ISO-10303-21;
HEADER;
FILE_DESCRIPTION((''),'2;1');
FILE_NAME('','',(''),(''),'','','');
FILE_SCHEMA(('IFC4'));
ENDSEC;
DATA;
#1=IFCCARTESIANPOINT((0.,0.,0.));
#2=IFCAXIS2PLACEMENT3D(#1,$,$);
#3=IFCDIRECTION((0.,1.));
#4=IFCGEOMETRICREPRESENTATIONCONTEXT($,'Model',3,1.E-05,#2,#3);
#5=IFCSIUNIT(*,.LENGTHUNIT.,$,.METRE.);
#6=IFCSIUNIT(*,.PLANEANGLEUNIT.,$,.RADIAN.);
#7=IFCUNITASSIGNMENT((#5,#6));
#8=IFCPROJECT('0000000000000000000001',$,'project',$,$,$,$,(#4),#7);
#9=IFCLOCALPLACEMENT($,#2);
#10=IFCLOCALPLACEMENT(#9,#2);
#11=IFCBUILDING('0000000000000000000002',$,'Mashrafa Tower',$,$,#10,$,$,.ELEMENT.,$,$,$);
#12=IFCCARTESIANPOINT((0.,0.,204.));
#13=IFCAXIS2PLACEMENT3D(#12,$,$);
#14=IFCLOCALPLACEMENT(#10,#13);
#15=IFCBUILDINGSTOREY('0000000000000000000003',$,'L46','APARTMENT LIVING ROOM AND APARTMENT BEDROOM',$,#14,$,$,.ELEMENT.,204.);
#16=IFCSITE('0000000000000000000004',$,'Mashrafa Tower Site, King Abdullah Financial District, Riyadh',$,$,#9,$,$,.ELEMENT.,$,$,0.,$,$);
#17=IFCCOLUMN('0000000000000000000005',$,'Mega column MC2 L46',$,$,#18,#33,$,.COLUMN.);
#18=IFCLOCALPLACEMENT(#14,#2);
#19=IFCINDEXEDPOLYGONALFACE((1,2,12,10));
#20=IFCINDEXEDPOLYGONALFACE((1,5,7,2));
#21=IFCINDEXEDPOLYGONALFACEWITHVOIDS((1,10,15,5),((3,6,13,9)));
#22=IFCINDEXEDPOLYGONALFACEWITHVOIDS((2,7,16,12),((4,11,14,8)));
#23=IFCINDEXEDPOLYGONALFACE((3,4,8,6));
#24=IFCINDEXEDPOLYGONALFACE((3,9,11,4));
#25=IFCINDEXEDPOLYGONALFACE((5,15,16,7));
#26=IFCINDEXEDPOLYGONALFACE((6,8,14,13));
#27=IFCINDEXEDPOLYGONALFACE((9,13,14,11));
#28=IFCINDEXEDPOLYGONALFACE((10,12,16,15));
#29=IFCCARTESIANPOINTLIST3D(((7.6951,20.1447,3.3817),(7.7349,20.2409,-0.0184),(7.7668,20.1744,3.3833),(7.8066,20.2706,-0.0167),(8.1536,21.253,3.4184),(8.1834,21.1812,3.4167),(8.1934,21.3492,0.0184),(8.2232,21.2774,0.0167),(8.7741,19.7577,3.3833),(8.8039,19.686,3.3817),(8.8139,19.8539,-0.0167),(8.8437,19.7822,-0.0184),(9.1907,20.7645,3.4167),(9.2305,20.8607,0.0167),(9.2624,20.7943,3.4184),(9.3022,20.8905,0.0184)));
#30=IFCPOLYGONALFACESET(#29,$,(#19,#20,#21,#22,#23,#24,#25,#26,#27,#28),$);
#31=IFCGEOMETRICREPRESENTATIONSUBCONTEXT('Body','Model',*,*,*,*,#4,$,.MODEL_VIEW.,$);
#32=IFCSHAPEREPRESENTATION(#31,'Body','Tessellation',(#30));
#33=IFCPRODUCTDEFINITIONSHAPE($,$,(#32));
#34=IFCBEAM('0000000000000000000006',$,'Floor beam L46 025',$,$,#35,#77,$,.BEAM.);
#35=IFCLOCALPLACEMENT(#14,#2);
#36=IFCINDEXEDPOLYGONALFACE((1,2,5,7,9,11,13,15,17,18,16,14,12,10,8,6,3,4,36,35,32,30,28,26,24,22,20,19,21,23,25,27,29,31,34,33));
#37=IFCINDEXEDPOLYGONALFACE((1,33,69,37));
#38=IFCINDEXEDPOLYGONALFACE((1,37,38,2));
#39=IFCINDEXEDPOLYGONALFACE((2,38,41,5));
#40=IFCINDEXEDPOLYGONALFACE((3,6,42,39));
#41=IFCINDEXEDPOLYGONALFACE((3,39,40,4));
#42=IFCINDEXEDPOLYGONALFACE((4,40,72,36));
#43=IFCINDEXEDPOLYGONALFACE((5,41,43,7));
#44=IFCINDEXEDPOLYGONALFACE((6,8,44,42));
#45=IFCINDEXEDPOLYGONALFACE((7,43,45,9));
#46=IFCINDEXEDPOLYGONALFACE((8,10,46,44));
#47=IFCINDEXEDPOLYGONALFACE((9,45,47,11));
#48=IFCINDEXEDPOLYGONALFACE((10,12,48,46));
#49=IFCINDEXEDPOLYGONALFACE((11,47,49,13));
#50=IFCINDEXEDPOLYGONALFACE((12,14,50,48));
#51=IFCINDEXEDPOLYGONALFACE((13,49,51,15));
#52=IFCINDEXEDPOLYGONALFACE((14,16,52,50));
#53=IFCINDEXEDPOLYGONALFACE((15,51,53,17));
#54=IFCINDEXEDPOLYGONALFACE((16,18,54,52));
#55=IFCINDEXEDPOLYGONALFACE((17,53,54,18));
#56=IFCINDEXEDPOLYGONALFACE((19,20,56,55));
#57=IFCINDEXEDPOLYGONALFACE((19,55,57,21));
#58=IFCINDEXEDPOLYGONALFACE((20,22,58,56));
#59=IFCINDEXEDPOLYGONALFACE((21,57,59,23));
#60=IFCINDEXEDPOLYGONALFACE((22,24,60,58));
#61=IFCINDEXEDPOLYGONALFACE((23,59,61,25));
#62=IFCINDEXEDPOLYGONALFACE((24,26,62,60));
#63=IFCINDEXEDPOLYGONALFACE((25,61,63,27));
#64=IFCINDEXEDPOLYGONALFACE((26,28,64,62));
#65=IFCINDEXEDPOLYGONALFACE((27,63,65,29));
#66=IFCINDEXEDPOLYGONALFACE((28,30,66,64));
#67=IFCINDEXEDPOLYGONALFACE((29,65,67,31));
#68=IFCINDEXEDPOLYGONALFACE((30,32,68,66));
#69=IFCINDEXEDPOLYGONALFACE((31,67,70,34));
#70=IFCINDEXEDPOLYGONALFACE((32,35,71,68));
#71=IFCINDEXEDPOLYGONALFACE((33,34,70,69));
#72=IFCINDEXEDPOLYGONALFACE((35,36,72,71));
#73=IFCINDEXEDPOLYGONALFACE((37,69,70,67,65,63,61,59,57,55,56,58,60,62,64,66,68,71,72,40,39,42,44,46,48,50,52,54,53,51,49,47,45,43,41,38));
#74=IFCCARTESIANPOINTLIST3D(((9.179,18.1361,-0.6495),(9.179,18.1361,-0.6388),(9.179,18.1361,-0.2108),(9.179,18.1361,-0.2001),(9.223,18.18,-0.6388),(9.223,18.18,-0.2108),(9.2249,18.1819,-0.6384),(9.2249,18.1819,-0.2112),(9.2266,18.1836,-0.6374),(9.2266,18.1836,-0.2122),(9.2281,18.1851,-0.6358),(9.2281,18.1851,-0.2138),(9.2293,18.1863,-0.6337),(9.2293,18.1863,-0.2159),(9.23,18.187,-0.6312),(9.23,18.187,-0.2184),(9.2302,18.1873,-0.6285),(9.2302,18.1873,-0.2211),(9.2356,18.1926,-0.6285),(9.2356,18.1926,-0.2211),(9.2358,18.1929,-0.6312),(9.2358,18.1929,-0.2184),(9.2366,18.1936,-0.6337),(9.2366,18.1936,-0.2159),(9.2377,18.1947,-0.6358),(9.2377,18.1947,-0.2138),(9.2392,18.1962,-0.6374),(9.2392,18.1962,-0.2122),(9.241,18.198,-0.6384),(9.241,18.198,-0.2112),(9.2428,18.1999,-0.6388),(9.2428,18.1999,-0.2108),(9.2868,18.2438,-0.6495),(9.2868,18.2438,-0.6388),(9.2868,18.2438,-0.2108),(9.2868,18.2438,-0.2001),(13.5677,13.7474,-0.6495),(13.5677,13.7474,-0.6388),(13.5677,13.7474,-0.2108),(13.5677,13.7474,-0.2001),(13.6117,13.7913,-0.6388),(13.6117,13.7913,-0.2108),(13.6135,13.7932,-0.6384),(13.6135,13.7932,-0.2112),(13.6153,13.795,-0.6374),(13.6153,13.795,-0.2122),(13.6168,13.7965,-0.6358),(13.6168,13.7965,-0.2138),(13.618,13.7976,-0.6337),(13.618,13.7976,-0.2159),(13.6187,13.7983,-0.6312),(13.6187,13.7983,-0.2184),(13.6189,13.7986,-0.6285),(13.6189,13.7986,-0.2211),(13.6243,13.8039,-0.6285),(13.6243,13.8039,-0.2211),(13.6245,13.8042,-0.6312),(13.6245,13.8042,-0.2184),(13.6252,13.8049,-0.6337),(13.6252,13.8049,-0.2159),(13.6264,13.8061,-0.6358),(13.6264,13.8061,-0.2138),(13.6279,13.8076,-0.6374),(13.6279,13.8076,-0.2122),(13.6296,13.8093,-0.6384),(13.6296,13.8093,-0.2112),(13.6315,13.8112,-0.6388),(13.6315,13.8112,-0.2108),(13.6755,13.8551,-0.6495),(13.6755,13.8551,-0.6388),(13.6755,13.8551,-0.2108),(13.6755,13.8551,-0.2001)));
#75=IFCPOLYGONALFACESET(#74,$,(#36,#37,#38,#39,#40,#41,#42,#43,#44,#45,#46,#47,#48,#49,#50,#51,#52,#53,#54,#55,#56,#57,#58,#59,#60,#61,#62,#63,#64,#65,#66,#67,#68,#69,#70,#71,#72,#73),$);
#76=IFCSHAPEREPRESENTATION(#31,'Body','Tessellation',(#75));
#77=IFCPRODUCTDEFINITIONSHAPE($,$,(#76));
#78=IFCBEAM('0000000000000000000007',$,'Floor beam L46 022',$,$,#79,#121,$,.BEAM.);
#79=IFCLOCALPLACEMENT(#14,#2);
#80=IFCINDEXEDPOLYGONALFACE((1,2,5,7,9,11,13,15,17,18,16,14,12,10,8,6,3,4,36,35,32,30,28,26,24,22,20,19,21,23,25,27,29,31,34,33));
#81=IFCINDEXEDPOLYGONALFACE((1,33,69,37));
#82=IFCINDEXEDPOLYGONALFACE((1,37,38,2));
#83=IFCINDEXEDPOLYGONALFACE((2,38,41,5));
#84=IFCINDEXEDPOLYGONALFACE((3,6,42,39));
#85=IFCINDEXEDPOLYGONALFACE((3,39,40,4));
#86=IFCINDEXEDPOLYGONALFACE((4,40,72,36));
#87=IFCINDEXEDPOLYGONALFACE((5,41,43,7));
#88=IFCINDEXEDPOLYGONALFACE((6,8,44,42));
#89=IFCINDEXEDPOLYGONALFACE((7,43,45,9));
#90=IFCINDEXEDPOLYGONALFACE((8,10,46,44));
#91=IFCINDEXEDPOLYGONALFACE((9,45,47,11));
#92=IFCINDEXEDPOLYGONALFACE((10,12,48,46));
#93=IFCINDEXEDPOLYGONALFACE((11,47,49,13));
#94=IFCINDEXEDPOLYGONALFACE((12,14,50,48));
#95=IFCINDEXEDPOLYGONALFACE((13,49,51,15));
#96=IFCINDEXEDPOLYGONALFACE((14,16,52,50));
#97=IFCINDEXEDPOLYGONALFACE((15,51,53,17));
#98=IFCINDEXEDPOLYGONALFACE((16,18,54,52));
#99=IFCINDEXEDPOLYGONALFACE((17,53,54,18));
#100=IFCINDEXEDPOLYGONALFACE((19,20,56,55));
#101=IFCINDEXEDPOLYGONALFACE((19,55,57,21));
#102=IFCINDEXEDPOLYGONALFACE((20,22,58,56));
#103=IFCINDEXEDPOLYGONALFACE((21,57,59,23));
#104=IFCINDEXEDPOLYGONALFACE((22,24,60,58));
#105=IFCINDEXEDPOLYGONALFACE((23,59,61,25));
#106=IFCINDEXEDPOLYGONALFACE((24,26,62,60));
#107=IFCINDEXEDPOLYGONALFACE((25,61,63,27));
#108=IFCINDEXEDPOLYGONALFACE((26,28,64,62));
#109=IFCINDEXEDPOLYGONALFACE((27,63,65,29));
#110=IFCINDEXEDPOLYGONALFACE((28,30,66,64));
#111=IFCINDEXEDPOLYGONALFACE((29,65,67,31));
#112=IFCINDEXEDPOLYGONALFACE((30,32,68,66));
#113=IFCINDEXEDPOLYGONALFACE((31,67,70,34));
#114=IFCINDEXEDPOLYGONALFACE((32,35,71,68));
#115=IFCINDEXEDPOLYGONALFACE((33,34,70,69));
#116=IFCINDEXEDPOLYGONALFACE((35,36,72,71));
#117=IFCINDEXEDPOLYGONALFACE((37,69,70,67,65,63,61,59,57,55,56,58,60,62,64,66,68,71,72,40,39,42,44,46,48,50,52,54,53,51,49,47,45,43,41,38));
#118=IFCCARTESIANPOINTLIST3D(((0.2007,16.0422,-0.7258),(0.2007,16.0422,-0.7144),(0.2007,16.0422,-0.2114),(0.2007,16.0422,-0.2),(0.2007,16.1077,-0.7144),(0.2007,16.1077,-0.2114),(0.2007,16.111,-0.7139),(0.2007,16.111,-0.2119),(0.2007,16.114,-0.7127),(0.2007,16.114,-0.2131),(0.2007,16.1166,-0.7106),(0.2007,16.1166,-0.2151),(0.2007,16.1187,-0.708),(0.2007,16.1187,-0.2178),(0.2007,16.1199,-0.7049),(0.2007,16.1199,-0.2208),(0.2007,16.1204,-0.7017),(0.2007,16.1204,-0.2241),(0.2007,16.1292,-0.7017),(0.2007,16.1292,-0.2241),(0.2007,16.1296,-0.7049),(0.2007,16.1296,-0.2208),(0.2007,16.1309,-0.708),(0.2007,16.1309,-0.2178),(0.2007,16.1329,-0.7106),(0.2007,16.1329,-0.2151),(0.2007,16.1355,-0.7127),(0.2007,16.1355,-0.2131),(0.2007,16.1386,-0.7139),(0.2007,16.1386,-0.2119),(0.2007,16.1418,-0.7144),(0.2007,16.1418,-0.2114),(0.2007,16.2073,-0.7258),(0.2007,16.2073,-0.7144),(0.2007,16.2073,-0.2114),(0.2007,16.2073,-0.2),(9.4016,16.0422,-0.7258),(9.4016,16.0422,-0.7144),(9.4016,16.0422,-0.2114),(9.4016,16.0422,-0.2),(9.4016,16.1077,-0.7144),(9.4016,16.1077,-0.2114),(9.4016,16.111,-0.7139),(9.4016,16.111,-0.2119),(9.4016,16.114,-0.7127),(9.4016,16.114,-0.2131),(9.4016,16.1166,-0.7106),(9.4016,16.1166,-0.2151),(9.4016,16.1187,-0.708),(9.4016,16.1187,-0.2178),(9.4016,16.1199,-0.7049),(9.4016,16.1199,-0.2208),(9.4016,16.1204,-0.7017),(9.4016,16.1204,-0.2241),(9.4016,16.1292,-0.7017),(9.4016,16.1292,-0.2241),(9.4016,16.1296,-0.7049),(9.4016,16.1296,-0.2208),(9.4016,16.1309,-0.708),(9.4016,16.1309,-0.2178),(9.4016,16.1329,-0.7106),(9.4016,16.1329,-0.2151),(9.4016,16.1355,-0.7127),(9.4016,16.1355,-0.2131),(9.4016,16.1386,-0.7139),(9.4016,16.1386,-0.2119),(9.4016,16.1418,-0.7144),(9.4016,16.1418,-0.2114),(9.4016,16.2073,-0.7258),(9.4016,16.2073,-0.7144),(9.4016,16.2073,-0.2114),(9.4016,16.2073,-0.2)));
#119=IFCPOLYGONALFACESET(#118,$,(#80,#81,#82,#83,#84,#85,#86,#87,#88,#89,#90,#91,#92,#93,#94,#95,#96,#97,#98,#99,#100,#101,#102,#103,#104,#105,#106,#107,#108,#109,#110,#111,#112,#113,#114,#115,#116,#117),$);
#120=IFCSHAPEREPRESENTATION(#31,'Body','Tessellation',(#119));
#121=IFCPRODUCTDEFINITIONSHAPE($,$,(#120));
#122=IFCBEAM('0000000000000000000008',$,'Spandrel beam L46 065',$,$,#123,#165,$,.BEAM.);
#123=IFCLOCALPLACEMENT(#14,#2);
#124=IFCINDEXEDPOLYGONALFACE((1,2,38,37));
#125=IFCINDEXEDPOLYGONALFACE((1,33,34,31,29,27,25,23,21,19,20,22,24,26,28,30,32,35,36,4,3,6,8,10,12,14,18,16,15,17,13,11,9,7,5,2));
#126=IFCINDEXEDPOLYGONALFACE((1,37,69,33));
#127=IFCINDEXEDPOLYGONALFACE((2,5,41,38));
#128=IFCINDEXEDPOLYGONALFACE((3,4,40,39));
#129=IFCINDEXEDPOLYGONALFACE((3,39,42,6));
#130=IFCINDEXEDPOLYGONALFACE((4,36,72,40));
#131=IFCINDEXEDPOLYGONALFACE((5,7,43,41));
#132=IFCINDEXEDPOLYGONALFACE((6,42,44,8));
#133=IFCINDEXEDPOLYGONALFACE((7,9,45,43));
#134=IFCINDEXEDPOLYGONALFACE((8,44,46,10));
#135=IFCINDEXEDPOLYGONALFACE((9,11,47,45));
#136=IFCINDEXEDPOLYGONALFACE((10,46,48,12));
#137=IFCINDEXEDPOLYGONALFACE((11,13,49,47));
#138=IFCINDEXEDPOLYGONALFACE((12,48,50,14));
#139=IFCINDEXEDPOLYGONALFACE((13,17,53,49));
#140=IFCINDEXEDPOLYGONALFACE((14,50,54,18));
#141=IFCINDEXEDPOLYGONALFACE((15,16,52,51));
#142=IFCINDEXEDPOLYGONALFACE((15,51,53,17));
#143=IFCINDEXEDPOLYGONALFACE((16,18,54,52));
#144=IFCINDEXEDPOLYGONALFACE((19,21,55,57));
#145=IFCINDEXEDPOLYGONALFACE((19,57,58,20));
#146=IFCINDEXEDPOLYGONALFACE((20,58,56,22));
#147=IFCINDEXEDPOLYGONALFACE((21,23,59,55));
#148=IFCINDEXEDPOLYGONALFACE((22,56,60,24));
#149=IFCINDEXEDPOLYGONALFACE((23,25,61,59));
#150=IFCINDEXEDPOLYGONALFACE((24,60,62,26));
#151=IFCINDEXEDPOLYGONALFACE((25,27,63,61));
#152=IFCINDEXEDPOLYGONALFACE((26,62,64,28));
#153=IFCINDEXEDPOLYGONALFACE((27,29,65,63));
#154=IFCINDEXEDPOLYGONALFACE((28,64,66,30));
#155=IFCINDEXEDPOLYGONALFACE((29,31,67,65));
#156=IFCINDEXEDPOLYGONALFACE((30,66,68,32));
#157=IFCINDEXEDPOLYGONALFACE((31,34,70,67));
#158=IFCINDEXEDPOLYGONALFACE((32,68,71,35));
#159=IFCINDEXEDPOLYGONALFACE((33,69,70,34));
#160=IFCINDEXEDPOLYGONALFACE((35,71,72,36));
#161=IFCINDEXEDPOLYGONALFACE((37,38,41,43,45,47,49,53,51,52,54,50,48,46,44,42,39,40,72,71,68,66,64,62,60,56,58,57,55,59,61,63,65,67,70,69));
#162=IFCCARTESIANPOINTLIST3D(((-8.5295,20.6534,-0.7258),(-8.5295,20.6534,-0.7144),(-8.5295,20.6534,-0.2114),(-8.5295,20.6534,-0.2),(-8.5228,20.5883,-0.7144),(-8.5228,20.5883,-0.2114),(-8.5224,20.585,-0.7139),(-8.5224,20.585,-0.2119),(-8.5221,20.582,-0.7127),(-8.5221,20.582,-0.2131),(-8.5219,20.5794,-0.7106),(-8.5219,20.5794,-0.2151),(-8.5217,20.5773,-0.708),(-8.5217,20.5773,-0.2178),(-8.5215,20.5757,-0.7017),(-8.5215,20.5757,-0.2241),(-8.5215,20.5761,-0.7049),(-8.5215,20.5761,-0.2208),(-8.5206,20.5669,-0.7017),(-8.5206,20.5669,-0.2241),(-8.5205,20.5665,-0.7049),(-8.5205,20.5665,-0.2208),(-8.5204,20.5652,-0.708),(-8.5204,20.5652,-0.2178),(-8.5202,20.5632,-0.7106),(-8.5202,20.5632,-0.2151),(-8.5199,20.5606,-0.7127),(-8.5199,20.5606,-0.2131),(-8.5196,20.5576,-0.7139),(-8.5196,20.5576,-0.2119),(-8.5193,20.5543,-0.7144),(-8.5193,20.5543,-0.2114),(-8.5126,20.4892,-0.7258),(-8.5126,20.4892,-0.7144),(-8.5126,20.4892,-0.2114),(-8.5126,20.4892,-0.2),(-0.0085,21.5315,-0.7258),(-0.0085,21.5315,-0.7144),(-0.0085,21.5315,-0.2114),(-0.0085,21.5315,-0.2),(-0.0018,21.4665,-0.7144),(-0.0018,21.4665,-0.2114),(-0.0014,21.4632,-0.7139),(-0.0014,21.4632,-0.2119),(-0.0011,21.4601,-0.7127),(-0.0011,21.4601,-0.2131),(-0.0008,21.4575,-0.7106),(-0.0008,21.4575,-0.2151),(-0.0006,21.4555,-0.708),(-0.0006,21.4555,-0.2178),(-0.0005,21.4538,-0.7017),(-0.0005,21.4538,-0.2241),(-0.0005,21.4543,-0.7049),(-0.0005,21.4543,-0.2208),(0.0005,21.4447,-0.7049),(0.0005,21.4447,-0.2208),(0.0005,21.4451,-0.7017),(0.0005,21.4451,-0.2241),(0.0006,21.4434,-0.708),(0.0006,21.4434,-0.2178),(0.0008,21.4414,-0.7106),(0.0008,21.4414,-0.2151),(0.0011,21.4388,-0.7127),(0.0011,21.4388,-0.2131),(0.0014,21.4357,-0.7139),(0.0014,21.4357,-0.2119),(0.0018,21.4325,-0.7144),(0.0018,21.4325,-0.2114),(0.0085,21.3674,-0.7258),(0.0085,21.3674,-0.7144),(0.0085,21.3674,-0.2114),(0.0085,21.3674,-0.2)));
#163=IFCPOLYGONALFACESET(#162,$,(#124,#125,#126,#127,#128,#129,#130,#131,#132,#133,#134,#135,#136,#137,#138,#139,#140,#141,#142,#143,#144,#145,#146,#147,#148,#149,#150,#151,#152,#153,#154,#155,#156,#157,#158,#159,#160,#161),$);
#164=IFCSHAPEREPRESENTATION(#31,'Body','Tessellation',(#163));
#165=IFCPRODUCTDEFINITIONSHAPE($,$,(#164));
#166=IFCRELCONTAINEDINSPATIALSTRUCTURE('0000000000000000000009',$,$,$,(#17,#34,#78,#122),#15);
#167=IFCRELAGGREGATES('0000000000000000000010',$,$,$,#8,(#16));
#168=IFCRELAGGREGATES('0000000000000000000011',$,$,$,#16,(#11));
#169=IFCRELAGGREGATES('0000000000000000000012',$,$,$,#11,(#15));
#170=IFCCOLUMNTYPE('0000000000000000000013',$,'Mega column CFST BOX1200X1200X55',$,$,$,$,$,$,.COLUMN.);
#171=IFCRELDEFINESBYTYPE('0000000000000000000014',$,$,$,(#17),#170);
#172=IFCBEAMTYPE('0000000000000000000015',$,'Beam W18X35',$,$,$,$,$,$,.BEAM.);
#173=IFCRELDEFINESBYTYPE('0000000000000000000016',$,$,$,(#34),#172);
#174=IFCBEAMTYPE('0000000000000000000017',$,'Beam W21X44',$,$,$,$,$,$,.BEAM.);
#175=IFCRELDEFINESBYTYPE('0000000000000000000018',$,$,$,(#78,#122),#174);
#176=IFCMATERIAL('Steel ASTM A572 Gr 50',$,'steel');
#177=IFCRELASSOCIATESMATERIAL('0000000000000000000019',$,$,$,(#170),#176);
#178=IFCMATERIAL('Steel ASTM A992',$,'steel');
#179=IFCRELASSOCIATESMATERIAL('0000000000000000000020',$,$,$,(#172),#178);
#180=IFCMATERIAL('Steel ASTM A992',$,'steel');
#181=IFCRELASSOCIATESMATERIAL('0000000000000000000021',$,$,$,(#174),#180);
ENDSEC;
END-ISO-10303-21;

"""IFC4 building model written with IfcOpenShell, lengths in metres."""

from ifc_helpers import new_model, si_unit, direction, frame, origin, origin_2d, place, context, subcontext, project, spatial, hollow_rectangle, i_section, extrude, material, material_profile, profile_set, type_object, element, save


model = new_model("IFC4")

# Units and contexts
model_context = context("Model", 3, precision=1e-05, world=origin(), true_north=direction((0.0, 1.0)))
body_context = subcontext(model_context, "Body", "Model", "MODEL_VIEW")
ifc_project = project(units=[si_unit("LENGTHUNIT", "METRE"), si_unit("PLANEANGLEUNIT", "RADIAN")], contexts=[model_context])

# Site, building, storey
site_placement = place(None, origin())
site = spatial("IfcSite", under=ifc_project, at=site_placement, Name="Mashrafa Tower Site, King Abdullah Financial District, Riyadh", CompositionType="ELEMENT", RefElevation=0.0)
building_placement = place(site_placement, origin())
building = spatial("IfcBuilding", under=site, at=building_placement, Name="Mashrafa Tower", CompositionType="ELEMENT")
storey_placement = place(building_placement, frame((0.0, 0.0, 204.0)))
storey = spatial("IfcBuildingStorey", under=building, at=storey_placement, Name="L46", Description="APARTMENT LIVING ROOM AND APARTMENT BEDROOM", CompositionType="ELEMENT", Elevation=204.0)

# Column
ifc_material_1 = material(Name="Steel ASTM A572 Gr 50", Category="steel")
ifc_material_profile_1 = material_profile(ifc_material_1, hollow_rectangle(XDim=1.2, YDim=1.2, WallThickness=0.0549, at=origin_2d()), Name="BOX1200X1200X55")
ifc_profile_set_1 = profile_set([ifc_material_profile_1], Name="Steel ASTM A572 Gr 50")
column_type = type_object("IfcColumnType", Name="Mega column CFST BOX1200X1200X55", PredefinedType="COLUMN", material=ifc_profile_set_1)
column_placement = place(storey_placement, frame((8.5186, 20.5657, 0.0), z_axis=(-0.011699, -0.028279, 0.999532), x_axis=(0.924045, -0.382283, 0.0)))
element("IfcColumn", 1, at=column_placement, inside=storey, type_object=column_type, Name="Mega column MC2 L46", PredefinedType="COLUMN", context=body_context, shape_type="SweptSolid", body=[
    extrude(hollow_rectangle(XDim=1.2, YDim=1.2, WallThickness=0.0549, at=origin_2d()), origin(), (0.0, 0.0, 1.0), 3.4016),
])

# Beams
ifc_material_2 = material(Name="Steel ASTM A992", Category="steel")
ifc_material_profile_2 = material_profile(ifc_material_2, i_section(OverallWidth=0.1523, OverallDepth=0.4495, WebThickness=0.0076, FlangeThickness=0.0107, FilletRadius=0.0103, at=origin_2d()), Name="W18X35")
ifc_profile_set_2 = profile_set([ifc_material_profile_2], Name="Steel ASTM A992")
beam_type_1 = type_object("IfcBeamType", Name="Beam W18X35", PredefinedType="BEAM", material=ifc_profile_set_2)
beam_1_placement = place(storey_placement, frame((9.2329, 18.1899, -0.4248), z_axis=(0.707107, -0.707107, 0.0), x_axis=(0.707107, 0.707107, 0.0)))
element("IfcBeam", 2, at=beam_1_placement, inside=storey, type_object=beam_type_1, Name="Floor beam L46 025", PredefinedType="BEAM", context=body_context, shape_type="SweptSolid", body=[
    extrude(i_section(OverallWidth=0.1523, OverallDepth=0.4495, WebThickness=0.0076, FlangeThickness=0.0107, FilletRadius=0.0103, at=origin_2d()), origin(), (0.0, 0.0, 1.0), 6.2065),
])
ifc_material_3 = material(Name="Steel ASTM A992", Category="steel")
ifc_material_profile_3 = material_profile(ifc_material_3, i_section(OverallWidth=0.165, OverallDepth=0.5259, WebThickness=0.0088, FlangeThickness=0.0115, FilletRadius=0.0127, at=origin_2d()), Name="W21X44")
ifc_profile_set_3 = profile_set([ifc_material_profile_3], Name="Steel ASTM A992")
beam_type_2 = type_object("IfcBeamType", Name="Beam W21X44", PredefinedType="BEAM", material=ifc_profile_set_3)
beam_2_placement = place(storey_placement, frame((0.2007, 16.1248, -0.4629), z_axis=(1.0, 0.0, 0.0), x_axis=(0.0, 1.0, 0.0)))
element("IfcBeam", 3, at=beam_2_placement, inside=storey, type_object=beam_type_2, Name="Floor beam L46 022", PredefinedType="BEAM", context=body_context, shape_type="SweptSolid", body=[
    extrude(i_section(OverallWidth=0.165, OverallDepth=0.5259, WebThickness=0.0088, FlangeThickness=0.0115, FilletRadius=0.0127, at=origin_2d()), origin(), (0.0, 0.0, 1.0), 9.2009),
])
for number, where, z_axis, x_axis, name in (
    (4, (0.0, 21.4495, -0.4629), (-0.994731, -0.102517, 0.0), (0.102517, -0.994731, 0.0), "Spandrel beam L46 065"),
):
    element("IfcBeam", number, at=place(storey_placement, frame(where, z_axis=z_axis, x_axis=x_axis)), inside=storey, type_object=beam_type_2, Name=name, PredefinedType="BEAM", context=body_context, shape_type="SweptSolid", body=[
        extrude(i_section(OverallWidth=0.165, OverallDepth=0.5259, WebThickness=0.0088, FlangeThickness=0.0115, FilletRadius=0.0127, at=origin_2d()), origin(), (0.0, 0.0, 1.0), 8.5662),
    ])

save(model, "model.ifc")
